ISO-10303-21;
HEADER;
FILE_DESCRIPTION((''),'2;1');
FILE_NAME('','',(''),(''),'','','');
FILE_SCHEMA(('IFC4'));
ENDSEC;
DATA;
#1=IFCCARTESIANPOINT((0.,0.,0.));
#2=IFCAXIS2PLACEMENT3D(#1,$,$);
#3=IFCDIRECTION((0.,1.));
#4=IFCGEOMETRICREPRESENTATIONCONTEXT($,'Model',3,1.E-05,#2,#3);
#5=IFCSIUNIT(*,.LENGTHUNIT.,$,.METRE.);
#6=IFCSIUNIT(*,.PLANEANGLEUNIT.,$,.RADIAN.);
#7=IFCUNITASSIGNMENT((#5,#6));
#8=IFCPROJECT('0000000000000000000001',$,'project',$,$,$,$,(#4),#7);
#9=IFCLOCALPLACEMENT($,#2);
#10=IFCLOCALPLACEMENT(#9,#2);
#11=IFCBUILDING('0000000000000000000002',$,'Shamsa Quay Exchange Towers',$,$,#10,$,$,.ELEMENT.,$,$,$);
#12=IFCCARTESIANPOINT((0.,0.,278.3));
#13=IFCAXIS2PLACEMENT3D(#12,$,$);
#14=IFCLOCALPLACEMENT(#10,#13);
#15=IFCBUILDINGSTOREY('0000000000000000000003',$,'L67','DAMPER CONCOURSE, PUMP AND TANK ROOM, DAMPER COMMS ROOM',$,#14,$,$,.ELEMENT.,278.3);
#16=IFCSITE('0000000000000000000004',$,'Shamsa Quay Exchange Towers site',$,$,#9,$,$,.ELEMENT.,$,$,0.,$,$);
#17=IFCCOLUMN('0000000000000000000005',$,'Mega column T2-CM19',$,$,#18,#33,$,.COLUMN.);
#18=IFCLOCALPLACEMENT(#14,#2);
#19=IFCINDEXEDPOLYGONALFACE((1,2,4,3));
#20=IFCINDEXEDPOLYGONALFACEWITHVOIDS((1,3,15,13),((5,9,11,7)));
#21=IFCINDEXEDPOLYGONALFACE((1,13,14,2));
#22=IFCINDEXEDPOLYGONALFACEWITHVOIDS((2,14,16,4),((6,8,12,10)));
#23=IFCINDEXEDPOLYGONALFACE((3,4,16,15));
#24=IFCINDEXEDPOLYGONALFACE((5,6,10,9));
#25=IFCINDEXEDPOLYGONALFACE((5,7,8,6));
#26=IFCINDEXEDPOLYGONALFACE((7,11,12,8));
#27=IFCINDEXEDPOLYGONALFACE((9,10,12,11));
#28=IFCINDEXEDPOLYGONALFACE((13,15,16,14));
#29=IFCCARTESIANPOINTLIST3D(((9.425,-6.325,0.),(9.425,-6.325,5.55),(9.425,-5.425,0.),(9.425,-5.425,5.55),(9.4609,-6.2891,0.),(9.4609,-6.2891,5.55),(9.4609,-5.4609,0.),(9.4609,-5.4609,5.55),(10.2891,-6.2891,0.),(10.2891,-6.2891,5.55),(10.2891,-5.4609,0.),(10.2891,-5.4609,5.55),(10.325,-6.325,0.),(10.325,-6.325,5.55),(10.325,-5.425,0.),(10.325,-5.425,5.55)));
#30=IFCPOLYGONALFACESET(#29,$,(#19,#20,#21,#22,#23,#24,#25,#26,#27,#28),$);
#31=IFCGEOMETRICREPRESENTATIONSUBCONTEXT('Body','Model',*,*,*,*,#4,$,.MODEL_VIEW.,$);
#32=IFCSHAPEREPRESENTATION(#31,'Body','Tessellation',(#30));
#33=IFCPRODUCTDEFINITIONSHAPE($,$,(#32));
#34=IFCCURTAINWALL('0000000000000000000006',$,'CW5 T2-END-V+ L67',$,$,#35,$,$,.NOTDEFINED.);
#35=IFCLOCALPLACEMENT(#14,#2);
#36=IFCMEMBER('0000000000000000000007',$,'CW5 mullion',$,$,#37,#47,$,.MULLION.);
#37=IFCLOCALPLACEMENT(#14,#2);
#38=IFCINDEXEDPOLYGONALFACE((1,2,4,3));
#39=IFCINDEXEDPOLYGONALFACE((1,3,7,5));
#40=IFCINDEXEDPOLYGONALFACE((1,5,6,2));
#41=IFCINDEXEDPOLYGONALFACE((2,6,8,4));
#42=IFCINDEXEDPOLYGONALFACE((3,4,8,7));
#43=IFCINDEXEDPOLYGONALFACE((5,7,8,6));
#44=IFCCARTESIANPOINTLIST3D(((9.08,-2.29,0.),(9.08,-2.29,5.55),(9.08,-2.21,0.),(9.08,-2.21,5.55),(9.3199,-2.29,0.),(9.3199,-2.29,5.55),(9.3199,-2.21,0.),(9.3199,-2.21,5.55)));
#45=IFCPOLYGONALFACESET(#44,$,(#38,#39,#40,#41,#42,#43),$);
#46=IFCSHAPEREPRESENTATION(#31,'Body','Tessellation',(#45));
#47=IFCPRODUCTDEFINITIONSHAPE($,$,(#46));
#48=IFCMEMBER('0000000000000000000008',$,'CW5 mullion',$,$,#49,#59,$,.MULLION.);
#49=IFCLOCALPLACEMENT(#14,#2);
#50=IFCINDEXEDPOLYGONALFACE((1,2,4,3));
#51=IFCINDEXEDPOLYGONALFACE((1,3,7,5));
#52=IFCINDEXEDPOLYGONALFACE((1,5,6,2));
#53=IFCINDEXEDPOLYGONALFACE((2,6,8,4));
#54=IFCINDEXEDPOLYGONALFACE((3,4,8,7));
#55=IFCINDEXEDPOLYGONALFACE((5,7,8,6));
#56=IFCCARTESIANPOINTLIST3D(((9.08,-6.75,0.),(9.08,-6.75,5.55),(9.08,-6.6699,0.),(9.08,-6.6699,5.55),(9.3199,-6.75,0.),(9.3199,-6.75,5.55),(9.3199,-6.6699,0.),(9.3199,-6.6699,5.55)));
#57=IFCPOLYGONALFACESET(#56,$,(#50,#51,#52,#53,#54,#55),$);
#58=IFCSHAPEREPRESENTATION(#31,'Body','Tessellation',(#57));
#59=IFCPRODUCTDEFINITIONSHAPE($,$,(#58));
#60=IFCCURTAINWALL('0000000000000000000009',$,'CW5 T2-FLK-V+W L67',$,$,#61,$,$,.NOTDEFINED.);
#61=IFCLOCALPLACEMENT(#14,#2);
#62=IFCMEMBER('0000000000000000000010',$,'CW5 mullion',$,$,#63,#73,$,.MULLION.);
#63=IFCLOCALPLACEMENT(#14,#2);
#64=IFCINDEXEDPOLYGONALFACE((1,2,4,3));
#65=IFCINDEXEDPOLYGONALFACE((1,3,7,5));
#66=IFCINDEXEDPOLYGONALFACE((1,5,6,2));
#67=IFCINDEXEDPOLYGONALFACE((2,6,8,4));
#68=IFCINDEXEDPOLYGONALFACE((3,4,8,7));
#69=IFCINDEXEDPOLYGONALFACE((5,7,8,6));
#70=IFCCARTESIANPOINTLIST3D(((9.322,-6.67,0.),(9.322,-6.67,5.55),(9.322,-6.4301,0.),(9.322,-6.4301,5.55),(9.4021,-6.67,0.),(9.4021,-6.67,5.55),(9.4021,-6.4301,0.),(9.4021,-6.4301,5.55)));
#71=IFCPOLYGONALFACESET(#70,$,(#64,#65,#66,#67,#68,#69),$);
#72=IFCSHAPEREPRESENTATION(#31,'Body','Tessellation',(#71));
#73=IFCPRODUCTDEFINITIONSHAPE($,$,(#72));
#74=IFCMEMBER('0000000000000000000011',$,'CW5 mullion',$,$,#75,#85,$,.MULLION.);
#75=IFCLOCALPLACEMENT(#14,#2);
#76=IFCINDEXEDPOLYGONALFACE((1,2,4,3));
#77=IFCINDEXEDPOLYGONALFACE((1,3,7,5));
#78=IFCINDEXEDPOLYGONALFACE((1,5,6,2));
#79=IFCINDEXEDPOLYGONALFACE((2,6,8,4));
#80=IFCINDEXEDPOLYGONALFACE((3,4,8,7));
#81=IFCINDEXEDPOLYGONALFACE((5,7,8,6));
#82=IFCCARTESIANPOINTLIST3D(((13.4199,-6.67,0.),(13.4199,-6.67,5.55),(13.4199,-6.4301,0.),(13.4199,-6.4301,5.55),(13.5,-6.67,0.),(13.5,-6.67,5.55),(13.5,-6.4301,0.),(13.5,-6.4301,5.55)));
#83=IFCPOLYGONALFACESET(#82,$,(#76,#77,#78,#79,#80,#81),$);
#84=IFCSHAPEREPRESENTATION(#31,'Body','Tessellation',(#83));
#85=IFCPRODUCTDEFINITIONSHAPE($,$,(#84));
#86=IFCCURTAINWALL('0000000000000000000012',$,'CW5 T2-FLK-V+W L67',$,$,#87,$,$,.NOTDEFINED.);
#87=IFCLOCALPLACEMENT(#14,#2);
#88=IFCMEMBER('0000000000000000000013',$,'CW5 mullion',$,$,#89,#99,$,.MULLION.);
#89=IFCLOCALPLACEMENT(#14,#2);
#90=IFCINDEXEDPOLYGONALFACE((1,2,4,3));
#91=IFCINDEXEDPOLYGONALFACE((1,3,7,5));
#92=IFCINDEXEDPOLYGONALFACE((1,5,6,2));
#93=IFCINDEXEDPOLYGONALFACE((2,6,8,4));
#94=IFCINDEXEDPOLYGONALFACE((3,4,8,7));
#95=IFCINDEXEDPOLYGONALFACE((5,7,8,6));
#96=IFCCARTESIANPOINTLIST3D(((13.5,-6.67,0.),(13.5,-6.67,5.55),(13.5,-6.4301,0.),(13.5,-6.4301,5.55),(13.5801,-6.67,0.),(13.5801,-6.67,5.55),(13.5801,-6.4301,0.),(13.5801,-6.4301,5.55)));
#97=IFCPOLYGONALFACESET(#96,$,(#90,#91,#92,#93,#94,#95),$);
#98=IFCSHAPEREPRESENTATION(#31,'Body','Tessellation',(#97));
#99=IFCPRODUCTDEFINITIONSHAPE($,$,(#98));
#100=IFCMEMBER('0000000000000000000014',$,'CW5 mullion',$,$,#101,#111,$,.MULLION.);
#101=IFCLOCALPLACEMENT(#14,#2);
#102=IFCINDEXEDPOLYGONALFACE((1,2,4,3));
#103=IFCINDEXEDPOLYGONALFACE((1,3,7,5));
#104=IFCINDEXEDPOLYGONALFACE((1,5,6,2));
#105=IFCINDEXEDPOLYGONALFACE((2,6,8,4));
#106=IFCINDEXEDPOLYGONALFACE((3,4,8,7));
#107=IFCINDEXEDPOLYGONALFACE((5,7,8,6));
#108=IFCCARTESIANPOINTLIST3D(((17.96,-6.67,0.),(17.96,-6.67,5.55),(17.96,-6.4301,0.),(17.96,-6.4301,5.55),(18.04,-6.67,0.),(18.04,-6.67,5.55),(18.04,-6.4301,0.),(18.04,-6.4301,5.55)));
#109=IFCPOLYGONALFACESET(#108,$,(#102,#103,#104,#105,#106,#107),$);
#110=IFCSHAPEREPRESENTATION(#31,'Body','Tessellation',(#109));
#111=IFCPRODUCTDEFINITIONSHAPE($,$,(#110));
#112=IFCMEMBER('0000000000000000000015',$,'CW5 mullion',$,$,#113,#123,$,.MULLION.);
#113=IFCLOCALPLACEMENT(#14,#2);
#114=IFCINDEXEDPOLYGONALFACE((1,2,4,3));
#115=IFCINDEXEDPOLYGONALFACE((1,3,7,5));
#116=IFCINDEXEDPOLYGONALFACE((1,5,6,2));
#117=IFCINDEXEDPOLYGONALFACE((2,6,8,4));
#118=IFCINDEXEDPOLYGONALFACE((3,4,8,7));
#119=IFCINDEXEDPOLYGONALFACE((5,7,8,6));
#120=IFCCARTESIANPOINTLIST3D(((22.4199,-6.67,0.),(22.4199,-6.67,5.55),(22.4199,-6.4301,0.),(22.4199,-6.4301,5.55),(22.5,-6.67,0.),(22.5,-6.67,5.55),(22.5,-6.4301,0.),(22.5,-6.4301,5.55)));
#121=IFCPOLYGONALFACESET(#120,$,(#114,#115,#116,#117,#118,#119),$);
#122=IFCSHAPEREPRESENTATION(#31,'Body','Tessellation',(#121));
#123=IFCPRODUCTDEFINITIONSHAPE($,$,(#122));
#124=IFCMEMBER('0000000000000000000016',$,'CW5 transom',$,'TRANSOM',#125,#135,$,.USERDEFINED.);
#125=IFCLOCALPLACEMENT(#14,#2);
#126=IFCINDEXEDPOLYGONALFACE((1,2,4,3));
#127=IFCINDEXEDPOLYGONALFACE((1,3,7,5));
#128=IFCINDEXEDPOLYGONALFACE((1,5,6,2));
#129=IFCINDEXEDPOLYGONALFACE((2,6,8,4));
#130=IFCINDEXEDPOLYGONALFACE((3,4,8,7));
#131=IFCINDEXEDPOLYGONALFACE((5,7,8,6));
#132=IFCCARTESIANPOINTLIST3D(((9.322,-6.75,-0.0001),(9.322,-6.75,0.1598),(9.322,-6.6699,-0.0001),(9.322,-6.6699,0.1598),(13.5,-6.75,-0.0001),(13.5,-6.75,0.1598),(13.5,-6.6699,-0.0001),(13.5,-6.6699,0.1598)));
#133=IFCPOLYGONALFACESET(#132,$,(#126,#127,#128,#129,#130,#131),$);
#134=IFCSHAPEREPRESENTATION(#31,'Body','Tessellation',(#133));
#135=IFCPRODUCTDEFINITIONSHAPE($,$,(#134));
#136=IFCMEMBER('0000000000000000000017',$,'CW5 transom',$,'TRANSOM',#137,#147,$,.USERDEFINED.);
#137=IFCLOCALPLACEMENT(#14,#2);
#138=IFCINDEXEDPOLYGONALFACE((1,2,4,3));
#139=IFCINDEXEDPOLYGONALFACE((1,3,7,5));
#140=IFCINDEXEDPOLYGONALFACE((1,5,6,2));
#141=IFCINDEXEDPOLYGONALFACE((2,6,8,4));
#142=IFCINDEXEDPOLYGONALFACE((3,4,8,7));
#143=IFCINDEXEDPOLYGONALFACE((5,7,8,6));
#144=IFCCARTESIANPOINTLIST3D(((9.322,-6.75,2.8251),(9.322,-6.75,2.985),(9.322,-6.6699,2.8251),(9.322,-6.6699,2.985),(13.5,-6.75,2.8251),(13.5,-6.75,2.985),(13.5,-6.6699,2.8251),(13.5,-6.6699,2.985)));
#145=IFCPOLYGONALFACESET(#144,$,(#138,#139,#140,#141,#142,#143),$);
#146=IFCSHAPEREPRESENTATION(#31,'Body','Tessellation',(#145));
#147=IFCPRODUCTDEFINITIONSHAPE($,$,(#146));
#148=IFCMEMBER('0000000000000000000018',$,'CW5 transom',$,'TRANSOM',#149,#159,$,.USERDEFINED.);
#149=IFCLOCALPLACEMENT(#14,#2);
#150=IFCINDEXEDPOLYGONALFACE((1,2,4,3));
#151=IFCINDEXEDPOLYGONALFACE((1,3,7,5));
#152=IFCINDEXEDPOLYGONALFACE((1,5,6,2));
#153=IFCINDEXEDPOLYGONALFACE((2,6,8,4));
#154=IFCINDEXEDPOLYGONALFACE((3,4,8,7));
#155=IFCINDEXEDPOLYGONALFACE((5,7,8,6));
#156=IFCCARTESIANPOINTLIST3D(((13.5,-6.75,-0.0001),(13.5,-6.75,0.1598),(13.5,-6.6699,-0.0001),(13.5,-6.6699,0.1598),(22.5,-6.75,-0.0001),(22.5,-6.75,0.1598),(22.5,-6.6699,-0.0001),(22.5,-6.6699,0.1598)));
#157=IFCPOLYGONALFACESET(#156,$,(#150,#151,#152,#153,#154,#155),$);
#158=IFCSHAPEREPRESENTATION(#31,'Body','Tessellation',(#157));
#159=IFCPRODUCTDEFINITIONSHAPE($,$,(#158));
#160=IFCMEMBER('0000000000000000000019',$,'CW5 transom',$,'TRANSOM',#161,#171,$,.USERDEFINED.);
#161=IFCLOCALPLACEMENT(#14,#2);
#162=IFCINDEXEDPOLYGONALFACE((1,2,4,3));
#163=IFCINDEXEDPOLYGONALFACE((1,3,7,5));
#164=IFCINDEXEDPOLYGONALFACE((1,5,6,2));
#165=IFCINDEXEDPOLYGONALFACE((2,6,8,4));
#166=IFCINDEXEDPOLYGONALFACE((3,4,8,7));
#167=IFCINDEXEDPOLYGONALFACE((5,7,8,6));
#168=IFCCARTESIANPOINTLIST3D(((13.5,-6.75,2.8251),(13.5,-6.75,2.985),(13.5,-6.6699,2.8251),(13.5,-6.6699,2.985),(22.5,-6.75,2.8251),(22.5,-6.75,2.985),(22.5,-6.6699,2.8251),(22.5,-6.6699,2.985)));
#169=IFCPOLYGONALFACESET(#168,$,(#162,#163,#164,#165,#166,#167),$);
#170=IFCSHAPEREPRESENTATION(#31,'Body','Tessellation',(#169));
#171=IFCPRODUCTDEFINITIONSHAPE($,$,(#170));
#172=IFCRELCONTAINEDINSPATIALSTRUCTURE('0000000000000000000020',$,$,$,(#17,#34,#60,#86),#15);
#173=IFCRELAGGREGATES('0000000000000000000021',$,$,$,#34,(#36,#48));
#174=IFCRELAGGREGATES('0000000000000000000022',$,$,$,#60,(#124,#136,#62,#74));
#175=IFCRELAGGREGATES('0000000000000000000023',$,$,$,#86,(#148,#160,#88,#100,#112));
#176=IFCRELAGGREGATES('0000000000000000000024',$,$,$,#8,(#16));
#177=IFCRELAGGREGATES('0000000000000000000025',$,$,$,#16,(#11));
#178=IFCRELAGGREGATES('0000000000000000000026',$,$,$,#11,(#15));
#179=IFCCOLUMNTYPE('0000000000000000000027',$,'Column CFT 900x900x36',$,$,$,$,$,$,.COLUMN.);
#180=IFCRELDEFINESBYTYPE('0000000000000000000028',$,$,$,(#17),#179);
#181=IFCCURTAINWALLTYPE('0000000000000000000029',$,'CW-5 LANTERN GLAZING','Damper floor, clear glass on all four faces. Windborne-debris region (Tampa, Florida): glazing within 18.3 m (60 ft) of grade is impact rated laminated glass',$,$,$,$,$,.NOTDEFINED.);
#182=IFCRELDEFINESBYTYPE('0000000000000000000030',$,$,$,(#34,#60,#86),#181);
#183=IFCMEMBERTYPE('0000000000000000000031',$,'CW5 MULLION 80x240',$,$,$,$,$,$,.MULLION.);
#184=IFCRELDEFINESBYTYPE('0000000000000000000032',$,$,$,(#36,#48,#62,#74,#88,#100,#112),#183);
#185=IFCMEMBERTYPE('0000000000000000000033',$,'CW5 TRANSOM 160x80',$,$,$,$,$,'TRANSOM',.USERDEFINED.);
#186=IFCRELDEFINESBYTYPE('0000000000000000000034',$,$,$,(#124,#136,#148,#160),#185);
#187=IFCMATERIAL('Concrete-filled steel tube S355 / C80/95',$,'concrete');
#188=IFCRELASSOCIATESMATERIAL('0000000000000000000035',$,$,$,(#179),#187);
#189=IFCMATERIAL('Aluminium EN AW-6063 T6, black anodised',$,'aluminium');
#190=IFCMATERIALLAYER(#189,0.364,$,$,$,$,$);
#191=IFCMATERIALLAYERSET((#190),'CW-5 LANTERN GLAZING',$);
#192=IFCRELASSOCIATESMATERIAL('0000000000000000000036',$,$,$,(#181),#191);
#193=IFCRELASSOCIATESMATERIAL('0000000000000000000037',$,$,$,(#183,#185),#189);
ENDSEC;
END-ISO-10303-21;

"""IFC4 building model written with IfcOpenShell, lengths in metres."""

from ifc_helpers import new_model, si_unit, direction, frame, origin, origin_2d, place, context, subcontext, project, spatial, rectangle, hollow_rectangle, extrude, material, layer, layer_set, material_profile, profile_set, type_object, element, aggregate, save


model = new_model("IFC4")

# Units and contexts
model_context = context("Model", 3, precision=1e-05, world=origin(), true_north=direction((0.0, 1.0)))
body_context = subcontext(model_context, "Body", "Model", "MODEL_VIEW")
ifc_project = project(units=[si_unit("LENGTHUNIT", "METRE"), si_unit("PLANEANGLEUNIT", "RADIAN")], contexts=[model_context])

# Site, building, storey
site_placement = place(None, origin())
site = spatial("IfcSite", under=ifc_project, at=site_placement, Name="Shamsa Quay Exchange Towers site", CompositionType="ELEMENT", RefElevation=0.0)
building_placement = place(site_placement, origin())
building = spatial("IfcBuilding", under=site, at=building_placement, Name="Shamsa Quay Exchange Towers", CompositionType="ELEMENT")
storey_placement = place(building_placement, frame((0.0, 0.0, 278.3)))
storey = spatial("IfcBuildingStorey", under=building, at=storey_placement, Name="L67", Description="DAMPER CONCOURSE, PUMP AND TANK ROOM, DAMPER COMMS ROOM", CompositionType="ELEMENT", Elevation=278.3)

# Column
ifc_material_1 = material(Name="Concrete-filled steel tube S355 / C80/95", Category="concrete")
ifc_material_profile_1 = material_profile(ifc_material_1, hollow_rectangle(XDim=0.8999, YDim=0.8999, WallThickness=0.0359, at=origin_2d()), Name="CFT 900x900x36")
ifc_profile_set_1 = profile_set([ifc_material_profile_1], Name="Concrete-filled steel tube S355 / C80/95")
column_type = type_object("IfcColumnType", Name="Column CFT 900x900x36", PredefinedType="COLUMN", material=ifc_profile_set_1)
column_placement = place(storey_placement, frame((9.875, -5.875, 0.0)))
element("IfcColumn", 1, at=column_placement, inside=storey, type_object=column_type, Name="Mega column T2-CM19", PredefinedType="COLUMN", context=body_context, shape_type="SweptSolid", body=[
    extrude(hollow_rectangle(XDim=0.8999, YDim=0.8999, WallThickness=0.0359, at=origin_2d()), origin(), (0.0, 0.0, 1.0), 5.55),
])

# Curtain walls, members
ifc_material_2 = material(Name="Aluminium EN AW-6063 T6, black anodised", Category="aluminium")
ifc_layer_1 = layer(ifc_material_2, 0.364)
ifc_layer_set_1 = layer_set([ifc_layer_1], Name="CW-5 LANTERN GLAZING")
curtain_wall_type = type_object("IfcCurtainWallType", Name="CW-5 LANTERN GLAZING", Description="Damper floor, clear glass on all four faces. Windborne-debris region (Tampa, Florida): glazing within 18.3 m (60 ft) of grade is impact rated laminated glass", PredefinedType="NOTDEFINED", material=ifc_layer_set_1)
curtain_wall_1_placement = place(storey_placement, origin())
curtain_wall_1 = element("IfcCurtainWall", 2, at=curtain_wall_1_placement, inside=storey, type_object=curtain_wall_type, Name="CW5 T2-END-V+ L67", PredefinedType="NOTDEFINED")
ifc_material_profile_2 = material_profile(ifc_material_2, rectangle(XDim=0.24, YDim=0.0801, at=origin_2d()), Name="MU80x240")
ifc_profile_set_2 = profile_set([ifc_material_profile_2], Name="Aluminium EN AW-6063 T6, black anodised")
member_type_1 = type_object("IfcMemberType", Name="CW5 MULLION 80x240", PredefinedType="MULLION", material=ifc_profile_set_2)
member_1_placement = place(storey_placement, frame((9.2, -2.25, 0.0)))
member_1 = element("IfcMember", 3, at=member_1_placement, type_object=member_type_1, Name="CW5 mullion", PredefinedType="MULLION", context=body_context, shape_type="SweptSolid", body=[
    extrude(rectangle(XDim=0.24, YDim=0.0801, at=origin_2d()), origin(), (0.0, 0.0, 1.0), 5.55),
])
member_2_placement = place(storey_placement, frame((9.2, -6.71, 0.0)))
member_2 = element("IfcMember", 4, at=member_2_placement, type_object=member_type_1, Name="CW5 mullion", PredefinedType="MULLION", context=body_context, shape_type="SweptSolid", body=[
    extrude(rectangle(XDim=0.24, YDim=0.0801, at=origin_2d()), origin(), (0.0, 0.0, 1.0), 5.55),
])
curtain_wall_2_placement = place(storey_placement, origin())
curtain_wall_2 = element("IfcCurtainWall", 5, at=curtain_wall_2_placement, inside=storey, type_object=curtain_wall_type, Name="CW5 T2-FLK-V+W L67", PredefinedType="NOTDEFINED")
member_3_placement = place(storey_placement, frame((9.3621, -6.55, 0.0), z_axis=(0.0, 0.0, 1.0), x_axis=(0.0, 1.0, 0.0)))
member_3 = element("IfcMember", 6, at=member_3_placement, type_object=member_type_1, Name="CW5 mullion", PredefinedType="MULLION", context=body_context, shape_type="SweptSolid", body=[
    extrude(rectangle(XDim=0.24, YDim=0.0801, at=origin_2d()), origin(), (0.0, 0.0, 1.0), 5.55),
])
member_4_placement = place(storey_placement, frame((13.46, -6.55, 0.0), z_axis=(0.0, 0.0, 1.0), x_axis=(0.0, 1.0, 0.0)))
member_4 = element("IfcMember", 7, at=member_4_placement, type_object=member_type_1, Name="CW5 mullion", PredefinedType="MULLION", context=body_context, shape_type="SweptSolid", body=[
    extrude(rectangle(XDim=0.24, YDim=0.0801, at=origin_2d()), origin(), (0.0, 0.0, 1.0), 5.55),
])
curtain_wall_3_placement = place(storey_placement, origin())
curtain_wall_3 = element("IfcCurtainWall", 8, at=curtain_wall_3_placement, inside=storey, type_object=curtain_wall_type, Name="CW5 T2-FLK-V+W L67", PredefinedType="NOTDEFINED")
member_5_placement = place(storey_placement, frame((13.54, -6.55, 0.0), z_axis=(0.0, 0.0, 1.0), x_axis=(0.0, 1.0, 0.0)))
member_5 = element("IfcMember", 9, at=member_5_placement, type_object=member_type_1, Name="CW5 mullion", PredefinedType="MULLION", context=body_context, shape_type="SweptSolid", body=[
    extrude(rectangle(XDim=0.24, YDim=0.0801, at=origin_2d()), origin(), (0.0, 0.0, 1.0), 5.55),
])
member_6_placement = place(storey_placement, frame((18.0, -6.55, 0.0), z_axis=(0.0, 0.0, 1.0), x_axis=(0.0, 1.0, 0.0)))
member_6 = element("IfcMember", 10, at=member_6_placement, type_object=member_type_1, Name="CW5 mullion", PredefinedType="MULLION", context=body_context, shape_type="SweptSolid", body=[
    extrude(rectangle(XDim=0.24, YDim=0.0801, at=origin_2d()), origin(), (0.0, 0.0, 1.0), 5.55),
])
member_7_placement = place(storey_placement, frame((22.46, -6.55, 0.0), z_axis=(0.0, 0.0, 1.0), x_axis=(0.0, 1.0, 0.0)))
member_7 = element("IfcMember", 11, at=member_7_placement, type_object=member_type_1, Name="CW5 mullion", PredefinedType="MULLION", context=body_context, shape_type="SweptSolid", body=[
    extrude(rectangle(XDim=0.24, YDim=0.0801, at=origin_2d()), origin(), (0.0, 0.0, 1.0), 5.55),
])

# Members
ifc_material_profile_3 = material_profile(ifc_material_2, rectangle(XDim=0.0801, YDim=0.1599, at=origin_2d()), Name="TR160x80")
ifc_profile_set_3 = profile_set([ifc_material_profile_3], Name="Aluminium EN AW-6063 T6, black anodised")
member_type_2 = type_object("IfcMemberType", Name="CW5 TRANSOM 160x80", ElementType="TRANSOM", PredefinedType="USERDEFINED", material=ifc_profile_set_3)
member_8_placement = place(storey_placement, frame((9.322, -6.71, 0.0798), z_axis=(1.0, 0.0, 0.0), x_axis=(0.0, 1.0, 0.0)))
member_8 = element("IfcMember", 12, at=member_8_placement, type_object=member_type_2, Name="CW5 transom", ObjectType="TRANSOM", PredefinedType="USERDEFINED", context=body_context, shape_type="SweptSolid", body=[
    extrude(rectangle(XDim=0.0801, YDim=0.1599, at=origin_2d()), origin(), (0.0, 0.0, 1.0), 4.178),
])
member_9_placement = place(storey_placement, frame((9.322, -6.71, 2.905), z_axis=(1.0, 0.0, 0.0), x_axis=(0.0, 1.0, 0.0)))
member_9 = element("IfcMember", 13, at=member_9_placement, type_object=member_type_2, Name="CW5 transom", ObjectType="TRANSOM", PredefinedType="USERDEFINED", context=body_context, shape_type="SweptSolid", body=[
    extrude(rectangle(XDim=0.0801, YDim=0.1599, at=origin_2d()), origin(), (0.0, 0.0, 1.0), 4.178),
])
member_10_placement = place(storey_placement, frame((13.5, -6.71, 0.0798), z_axis=(1.0, 0.0, 0.0), x_axis=(0.0, 1.0, 0.0)))
member_10 = element("IfcMember", 14, at=member_10_placement, type_object=member_type_2, Name="CW5 transom", ObjectType="TRANSOM", PredefinedType="USERDEFINED", context=body_context, shape_type="SweptSolid", body=[
    extrude(rectangle(XDim=0.0801, YDim=0.1599, at=origin_2d()), origin(), (0.0, 0.0, 1.0), 9.0),
])
member_11_placement = place(storey_placement, frame((13.5, -6.71, 2.905), z_axis=(1.0, 0.0, 0.0), x_axis=(0.0, 1.0, 0.0)))
member_11 = element("IfcMember", 15, at=member_11_placement, type_object=member_type_2, Name="CW5 transom", ObjectType="TRANSOM", PredefinedType="USERDEFINED", context=body_context, shape_type="SweptSolid", body=[
    extrude(rectangle(XDim=0.0801, YDim=0.1599, at=origin_2d()), origin(), (0.0, 0.0, 1.0), 9.0),
])

aggregate(curtain_wall_1, [member_1, member_2])
aggregate(curtain_wall_2, [member_8, member_9, member_3, member_4])
aggregate(curtain_wall_3, [member_10, member_11, member_5, member_6, member_7])

save(model, "model.ifc")
